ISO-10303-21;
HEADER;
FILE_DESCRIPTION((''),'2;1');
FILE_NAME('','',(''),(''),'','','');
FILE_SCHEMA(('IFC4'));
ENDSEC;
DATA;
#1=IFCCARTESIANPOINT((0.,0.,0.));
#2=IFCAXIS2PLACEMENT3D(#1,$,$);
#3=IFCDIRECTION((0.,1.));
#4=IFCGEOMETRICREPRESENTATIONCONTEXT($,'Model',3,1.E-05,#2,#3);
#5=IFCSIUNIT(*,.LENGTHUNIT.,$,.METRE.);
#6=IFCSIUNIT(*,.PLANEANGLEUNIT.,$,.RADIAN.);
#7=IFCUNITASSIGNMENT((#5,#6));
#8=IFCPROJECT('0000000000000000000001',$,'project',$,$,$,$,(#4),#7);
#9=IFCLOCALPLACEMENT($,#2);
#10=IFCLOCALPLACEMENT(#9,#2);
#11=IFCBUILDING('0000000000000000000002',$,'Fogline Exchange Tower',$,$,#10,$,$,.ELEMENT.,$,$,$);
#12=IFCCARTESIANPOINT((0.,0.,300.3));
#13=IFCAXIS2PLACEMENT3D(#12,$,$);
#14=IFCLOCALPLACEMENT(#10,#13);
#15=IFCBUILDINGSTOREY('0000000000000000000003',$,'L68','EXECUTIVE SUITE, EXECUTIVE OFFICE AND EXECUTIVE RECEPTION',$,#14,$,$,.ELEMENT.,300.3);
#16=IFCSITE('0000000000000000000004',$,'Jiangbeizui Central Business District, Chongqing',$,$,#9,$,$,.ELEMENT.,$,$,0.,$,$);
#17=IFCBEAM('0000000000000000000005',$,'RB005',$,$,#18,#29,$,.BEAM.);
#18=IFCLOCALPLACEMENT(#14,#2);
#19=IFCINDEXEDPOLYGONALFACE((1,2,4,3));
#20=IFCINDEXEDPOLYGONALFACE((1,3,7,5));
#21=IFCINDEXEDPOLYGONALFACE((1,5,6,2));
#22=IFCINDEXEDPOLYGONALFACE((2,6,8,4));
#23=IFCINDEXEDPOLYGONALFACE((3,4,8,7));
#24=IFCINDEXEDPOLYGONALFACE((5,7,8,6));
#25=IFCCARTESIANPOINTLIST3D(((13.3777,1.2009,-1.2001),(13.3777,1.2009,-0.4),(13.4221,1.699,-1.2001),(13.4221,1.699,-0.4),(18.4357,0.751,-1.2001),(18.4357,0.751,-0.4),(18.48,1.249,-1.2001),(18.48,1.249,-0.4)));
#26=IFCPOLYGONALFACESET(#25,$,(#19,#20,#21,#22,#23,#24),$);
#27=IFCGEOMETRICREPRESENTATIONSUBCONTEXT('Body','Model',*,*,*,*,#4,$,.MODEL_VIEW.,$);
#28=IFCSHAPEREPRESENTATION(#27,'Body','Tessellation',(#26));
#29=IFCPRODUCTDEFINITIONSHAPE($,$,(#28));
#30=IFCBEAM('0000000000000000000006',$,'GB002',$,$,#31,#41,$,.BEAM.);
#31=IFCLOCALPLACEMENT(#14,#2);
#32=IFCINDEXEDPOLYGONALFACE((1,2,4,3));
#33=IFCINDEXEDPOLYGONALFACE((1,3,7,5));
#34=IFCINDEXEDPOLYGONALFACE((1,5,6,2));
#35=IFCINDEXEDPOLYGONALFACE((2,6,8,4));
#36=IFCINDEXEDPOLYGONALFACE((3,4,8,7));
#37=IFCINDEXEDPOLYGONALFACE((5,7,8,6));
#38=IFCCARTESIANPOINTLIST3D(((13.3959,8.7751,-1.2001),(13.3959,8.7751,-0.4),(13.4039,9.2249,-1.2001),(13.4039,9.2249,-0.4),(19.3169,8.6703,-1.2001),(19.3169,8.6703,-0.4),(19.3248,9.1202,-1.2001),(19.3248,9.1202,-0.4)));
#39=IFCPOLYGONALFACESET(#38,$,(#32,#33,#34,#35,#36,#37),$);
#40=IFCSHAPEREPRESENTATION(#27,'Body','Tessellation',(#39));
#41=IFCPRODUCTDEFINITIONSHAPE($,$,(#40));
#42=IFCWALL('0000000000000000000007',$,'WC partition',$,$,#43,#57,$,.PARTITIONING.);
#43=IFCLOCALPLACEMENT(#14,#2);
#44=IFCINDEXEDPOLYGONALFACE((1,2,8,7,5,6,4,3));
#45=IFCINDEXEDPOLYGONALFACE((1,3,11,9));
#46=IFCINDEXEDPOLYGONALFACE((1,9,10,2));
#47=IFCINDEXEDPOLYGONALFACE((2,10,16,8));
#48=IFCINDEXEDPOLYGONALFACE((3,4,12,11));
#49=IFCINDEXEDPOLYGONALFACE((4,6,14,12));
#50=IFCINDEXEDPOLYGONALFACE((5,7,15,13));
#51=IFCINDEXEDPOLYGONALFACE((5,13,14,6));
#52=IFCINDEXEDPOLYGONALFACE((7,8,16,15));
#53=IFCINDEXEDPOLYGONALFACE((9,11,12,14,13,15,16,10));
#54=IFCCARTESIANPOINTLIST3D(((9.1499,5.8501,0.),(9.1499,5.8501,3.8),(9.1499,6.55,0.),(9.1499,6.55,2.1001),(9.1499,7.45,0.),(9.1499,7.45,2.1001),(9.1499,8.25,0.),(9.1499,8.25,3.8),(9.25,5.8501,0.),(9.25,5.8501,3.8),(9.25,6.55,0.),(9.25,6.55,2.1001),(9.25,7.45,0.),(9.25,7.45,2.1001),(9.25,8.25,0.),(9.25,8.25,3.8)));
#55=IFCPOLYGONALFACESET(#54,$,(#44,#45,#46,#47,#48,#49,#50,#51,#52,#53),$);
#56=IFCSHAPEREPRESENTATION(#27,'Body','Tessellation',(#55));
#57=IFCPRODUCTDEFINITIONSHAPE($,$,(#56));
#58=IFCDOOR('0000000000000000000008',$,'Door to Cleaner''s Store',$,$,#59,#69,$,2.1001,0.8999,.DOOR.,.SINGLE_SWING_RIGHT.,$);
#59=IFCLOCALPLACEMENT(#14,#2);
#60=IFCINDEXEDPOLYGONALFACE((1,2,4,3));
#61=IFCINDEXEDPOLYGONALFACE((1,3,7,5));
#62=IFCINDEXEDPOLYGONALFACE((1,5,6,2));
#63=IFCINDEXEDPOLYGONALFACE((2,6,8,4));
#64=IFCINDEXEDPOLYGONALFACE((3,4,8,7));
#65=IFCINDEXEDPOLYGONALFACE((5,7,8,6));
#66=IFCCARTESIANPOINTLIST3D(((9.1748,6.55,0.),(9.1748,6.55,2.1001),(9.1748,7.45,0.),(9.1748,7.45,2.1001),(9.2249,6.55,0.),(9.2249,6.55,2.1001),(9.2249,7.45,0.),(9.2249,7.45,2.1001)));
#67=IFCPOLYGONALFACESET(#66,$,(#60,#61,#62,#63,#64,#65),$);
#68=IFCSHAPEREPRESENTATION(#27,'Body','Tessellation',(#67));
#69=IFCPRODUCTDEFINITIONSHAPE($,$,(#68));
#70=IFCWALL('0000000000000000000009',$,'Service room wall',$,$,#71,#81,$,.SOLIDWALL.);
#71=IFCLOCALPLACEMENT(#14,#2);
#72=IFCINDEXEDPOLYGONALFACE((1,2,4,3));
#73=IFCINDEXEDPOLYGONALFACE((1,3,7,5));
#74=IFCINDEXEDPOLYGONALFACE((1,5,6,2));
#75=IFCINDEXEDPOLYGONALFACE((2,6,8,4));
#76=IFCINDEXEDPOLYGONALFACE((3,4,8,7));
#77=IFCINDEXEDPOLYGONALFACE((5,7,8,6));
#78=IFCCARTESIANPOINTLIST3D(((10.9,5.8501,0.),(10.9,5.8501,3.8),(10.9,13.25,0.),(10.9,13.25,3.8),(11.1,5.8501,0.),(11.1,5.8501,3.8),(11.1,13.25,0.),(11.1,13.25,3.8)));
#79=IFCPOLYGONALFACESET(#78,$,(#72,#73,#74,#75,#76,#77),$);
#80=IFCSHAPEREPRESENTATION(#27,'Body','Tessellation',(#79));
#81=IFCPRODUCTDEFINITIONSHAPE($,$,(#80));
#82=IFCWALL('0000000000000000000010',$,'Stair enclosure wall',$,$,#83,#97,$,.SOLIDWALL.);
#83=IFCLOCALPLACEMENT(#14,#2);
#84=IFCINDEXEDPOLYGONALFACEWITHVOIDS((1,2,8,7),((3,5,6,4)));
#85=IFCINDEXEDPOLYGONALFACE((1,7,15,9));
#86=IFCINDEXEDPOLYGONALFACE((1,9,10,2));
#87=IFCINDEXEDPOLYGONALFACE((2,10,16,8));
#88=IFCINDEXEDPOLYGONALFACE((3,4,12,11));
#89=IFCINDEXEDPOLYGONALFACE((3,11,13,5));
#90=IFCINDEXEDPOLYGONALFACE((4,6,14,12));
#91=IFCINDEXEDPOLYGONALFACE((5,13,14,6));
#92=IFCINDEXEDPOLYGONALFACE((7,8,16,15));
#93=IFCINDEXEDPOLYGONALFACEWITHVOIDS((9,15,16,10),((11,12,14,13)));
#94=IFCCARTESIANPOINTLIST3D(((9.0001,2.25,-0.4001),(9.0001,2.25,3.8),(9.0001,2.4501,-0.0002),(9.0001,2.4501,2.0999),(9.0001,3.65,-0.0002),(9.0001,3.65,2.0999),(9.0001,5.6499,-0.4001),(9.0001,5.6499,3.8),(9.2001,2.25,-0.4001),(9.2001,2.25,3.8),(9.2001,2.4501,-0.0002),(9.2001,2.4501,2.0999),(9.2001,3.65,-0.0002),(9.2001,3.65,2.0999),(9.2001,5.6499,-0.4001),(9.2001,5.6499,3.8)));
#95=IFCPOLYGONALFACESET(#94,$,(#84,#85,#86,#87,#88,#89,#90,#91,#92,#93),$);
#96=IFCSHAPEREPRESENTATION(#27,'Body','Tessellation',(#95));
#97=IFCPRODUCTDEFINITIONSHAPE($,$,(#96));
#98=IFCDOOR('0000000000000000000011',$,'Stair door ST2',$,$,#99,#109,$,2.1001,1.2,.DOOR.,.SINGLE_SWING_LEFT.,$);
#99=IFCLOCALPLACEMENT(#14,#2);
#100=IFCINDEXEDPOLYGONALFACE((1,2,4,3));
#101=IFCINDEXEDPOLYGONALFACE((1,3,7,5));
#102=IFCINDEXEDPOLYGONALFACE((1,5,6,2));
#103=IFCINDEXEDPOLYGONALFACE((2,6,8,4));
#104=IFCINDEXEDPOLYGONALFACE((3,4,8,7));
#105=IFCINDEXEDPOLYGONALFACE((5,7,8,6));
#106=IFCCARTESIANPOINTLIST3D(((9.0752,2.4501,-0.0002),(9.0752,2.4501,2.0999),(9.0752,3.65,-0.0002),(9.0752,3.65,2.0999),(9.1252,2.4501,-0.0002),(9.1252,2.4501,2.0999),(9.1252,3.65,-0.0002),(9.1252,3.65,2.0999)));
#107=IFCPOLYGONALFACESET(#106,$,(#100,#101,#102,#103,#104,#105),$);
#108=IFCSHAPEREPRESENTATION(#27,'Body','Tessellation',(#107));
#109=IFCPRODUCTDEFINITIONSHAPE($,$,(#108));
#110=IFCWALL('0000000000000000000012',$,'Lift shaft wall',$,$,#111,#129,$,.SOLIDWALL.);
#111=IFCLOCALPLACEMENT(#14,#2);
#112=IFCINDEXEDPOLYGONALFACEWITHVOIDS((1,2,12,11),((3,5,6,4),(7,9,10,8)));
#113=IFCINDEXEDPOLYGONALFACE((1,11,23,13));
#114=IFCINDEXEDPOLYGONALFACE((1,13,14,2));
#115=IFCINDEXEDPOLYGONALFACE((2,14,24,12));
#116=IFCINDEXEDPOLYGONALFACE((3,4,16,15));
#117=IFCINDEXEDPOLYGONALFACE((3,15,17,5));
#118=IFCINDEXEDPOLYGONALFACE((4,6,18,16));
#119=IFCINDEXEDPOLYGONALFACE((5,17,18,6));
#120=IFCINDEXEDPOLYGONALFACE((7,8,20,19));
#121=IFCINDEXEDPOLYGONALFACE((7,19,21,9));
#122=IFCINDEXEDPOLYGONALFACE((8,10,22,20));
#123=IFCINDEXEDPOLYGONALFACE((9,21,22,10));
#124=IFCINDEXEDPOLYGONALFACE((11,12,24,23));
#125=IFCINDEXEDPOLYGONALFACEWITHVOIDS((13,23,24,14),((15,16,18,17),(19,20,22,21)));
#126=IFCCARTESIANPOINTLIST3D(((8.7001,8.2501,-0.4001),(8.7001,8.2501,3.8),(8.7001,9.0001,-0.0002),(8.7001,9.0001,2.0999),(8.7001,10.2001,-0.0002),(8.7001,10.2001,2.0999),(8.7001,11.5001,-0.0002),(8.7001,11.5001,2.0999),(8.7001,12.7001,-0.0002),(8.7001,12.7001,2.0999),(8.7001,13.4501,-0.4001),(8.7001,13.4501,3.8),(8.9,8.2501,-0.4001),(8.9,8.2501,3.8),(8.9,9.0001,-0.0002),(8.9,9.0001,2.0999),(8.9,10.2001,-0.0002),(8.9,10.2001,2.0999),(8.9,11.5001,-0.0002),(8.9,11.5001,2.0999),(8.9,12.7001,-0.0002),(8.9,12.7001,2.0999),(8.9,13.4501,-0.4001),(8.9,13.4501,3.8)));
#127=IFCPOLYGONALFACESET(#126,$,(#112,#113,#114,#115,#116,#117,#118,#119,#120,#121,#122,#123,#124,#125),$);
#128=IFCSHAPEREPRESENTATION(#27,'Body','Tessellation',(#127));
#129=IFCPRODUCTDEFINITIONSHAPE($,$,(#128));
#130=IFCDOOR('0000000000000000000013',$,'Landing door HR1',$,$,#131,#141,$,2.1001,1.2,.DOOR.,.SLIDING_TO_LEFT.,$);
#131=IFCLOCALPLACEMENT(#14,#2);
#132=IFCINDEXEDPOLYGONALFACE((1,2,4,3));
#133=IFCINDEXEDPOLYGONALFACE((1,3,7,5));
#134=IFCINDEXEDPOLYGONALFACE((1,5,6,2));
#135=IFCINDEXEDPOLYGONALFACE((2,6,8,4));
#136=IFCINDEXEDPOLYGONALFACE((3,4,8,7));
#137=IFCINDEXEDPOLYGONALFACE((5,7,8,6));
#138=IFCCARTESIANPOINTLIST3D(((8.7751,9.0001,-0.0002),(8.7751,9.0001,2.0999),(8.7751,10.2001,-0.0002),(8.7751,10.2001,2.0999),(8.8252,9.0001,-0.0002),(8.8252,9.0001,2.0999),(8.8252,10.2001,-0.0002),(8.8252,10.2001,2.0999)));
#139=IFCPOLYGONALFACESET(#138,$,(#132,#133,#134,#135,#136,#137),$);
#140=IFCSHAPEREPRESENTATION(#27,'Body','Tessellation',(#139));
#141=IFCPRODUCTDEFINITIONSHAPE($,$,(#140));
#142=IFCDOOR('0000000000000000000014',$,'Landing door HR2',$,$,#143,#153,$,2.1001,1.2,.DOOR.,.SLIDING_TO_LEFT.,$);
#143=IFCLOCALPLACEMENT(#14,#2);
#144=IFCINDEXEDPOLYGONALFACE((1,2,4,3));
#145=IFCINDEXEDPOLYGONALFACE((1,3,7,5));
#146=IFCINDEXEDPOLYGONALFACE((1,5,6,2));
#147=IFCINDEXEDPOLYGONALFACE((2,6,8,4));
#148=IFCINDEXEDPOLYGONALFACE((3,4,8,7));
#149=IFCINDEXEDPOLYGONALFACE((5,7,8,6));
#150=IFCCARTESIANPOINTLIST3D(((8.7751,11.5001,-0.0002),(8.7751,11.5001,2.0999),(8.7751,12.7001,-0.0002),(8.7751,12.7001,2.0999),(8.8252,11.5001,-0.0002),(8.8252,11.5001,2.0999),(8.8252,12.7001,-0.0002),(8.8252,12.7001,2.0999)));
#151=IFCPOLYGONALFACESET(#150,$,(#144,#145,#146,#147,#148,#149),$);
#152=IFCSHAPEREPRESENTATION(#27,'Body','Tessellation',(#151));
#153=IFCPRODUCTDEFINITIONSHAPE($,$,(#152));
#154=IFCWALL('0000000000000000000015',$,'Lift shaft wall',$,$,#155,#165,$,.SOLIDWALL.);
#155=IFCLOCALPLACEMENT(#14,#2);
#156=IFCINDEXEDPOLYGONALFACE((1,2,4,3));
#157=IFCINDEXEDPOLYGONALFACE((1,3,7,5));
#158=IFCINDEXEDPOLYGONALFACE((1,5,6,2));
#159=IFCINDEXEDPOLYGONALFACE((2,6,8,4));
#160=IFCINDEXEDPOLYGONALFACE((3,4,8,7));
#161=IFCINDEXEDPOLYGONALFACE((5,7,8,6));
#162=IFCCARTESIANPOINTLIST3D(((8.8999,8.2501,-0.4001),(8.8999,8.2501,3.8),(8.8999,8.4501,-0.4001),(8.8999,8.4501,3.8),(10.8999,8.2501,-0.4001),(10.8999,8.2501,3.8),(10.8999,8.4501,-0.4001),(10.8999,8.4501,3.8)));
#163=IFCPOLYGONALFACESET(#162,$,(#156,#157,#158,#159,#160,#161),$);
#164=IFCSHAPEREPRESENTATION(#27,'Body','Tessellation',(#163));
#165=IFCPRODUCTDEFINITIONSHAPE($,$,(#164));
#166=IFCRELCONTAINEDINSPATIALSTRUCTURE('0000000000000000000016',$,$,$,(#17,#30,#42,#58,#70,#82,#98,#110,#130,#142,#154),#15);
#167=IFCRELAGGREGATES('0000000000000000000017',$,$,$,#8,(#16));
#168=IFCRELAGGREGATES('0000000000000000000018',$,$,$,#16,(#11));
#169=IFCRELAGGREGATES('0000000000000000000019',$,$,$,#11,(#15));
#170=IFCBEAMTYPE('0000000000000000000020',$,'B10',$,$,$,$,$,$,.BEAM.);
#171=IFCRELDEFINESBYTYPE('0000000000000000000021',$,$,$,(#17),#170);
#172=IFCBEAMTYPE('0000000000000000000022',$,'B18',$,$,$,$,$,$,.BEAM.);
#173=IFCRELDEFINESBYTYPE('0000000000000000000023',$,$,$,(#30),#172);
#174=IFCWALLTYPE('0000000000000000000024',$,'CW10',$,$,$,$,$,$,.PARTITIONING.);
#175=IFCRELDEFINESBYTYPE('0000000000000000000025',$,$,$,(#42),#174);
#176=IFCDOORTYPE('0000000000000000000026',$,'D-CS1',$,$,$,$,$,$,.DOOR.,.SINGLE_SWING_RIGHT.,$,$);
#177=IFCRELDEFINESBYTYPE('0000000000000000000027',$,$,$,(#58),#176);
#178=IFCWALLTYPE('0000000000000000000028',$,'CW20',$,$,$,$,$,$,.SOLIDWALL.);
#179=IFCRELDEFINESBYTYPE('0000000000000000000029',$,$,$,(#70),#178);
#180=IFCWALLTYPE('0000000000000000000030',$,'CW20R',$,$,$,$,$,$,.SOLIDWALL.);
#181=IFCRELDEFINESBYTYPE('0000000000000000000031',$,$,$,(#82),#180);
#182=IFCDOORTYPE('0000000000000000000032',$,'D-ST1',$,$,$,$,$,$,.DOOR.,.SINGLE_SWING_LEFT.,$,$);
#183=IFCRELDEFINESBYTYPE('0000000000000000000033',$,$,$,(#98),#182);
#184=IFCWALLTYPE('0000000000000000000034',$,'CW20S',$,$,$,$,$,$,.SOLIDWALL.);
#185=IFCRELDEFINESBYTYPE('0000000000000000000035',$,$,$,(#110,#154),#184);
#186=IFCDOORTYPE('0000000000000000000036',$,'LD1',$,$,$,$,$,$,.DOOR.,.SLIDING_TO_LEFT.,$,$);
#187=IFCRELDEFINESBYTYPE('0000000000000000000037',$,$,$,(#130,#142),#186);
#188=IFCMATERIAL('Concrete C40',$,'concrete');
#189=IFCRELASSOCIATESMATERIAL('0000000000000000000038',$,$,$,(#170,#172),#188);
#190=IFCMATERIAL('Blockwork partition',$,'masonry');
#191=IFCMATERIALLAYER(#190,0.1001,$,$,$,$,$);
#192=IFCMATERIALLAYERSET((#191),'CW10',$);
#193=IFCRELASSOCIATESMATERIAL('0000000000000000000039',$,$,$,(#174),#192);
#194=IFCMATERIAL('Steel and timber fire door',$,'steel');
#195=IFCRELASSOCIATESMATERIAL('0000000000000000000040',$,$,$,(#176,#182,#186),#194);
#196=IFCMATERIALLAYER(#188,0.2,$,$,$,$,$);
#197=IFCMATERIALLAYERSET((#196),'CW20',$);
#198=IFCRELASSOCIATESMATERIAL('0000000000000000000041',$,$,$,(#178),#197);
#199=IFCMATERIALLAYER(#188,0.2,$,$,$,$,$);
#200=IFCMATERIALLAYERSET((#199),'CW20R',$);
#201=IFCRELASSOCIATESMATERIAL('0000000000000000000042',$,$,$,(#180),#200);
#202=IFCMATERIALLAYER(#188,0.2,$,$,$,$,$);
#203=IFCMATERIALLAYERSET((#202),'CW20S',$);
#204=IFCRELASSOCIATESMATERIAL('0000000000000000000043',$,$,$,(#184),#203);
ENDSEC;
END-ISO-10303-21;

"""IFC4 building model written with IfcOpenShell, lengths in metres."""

from ifc_helpers import new_model, si_unit, direction, frame, frame_2d, origin, origin_2d, place, context, subcontext, project, spatial, rectangle, extrude, material, layer, layer_set, material_profile, profile_set, type_object, element, fill, save


model = new_model("IFC4")

# Units and contexts
model_context = context("Model", 3, precision=1e-05, world=origin(), true_north=direction((0.0, 1.0)))
body_context = subcontext(model_context, "Body", "Model", "MODEL_VIEW")
ifc_project = project(units=[si_unit("LENGTHUNIT", "METRE"), si_unit("PLANEANGLEUNIT", "RADIAN")], contexts=[model_context])

# Site, building, storey
site_placement = place(None, origin())
site = spatial("IfcSite", under=ifc_project, at=site_placement, Name="Jiangbeizui Central Business District, Chongqing", CompositionType="ELEMENT", RefElevation=0.0)
building_placement = place(site_placement, origin())
building = spatial("IfcBuilding", under=site, at=building_placement, Name="Fogline Exchange Tower", CompositionType="ELEMENT")
storey_placement = place(building_placement, frame((0.0, 0.0, 300.3)))
storey = spatial("IfcBuildingStorey", under=building, at=storey_placement, Name="L68", Description="EXECUTIVE SUITE, EXECUTIVE OFFICE AND EXECUTIVE RECEPTION", CompositionType="ELEMENT", Elevation=300.3)

# Beams
ifc_material_1 = material(Name="Concrete C40", Category="concrete")
ifc_material_profile_1 = material_profile(ifc_material_1, rectangle(XDim=0.5, YDim=0.8, at=origin_2d()), Name="RC 500x800")
ifc_profile_set_1 = profile_set([ifc_material_profile_1], Name="Concrete C40")
beam_type_1 = type_object("IfcBeamType", Name="B10", PredefinedType="BEAM", material=ifc_profile_set_1)
beam_1_placement = place(storey_placement, frame((13.3999, 1.45, -0.8), z_axis=(0.996066, -0.088611, 0.0), x_axis=(0.088611, 0.996066, 0.0)))
element("IfcBeam", 1, at=beam_1_placement, inside=storey, type_object=beam_type_1, Name="RB005", PredefinedType="BEAM", context=body_context, shape_type="SweptSolid", body=[
    extrude(rectangle(XDim=0.5, YDim=0.8, at=origin_2d()), origin(), (0.0, 0.0, 1.0), 5.0779),
])
ifc_material_profile_2 = material_profile(ifc_material_1, rectangle(XDim=0.45, YDim=0.8, at=origin_2d()), Name="RC 450x800")
ifc_profile_set_2 = profile_set([ifc_material_profile_2], Name="Concrete C40")
beam_type_2 = type_object("IfcBeamType", Name="B18", PredefinedType="BEAM", material=ifc_profile_set_2)
beam_2_placement = place(storey_placement, frame((13.3999, 9.0, -0.8), z_axis=(0.999844, -0.017686, 0.0), x_axis=(0.017686, 0.999844, 0.0)))
element("IfcBeam", 2, at=beam_2_placement, inside=storey, type_object=beam_type_2, Name="GB002", PredefinedType="BEAM", context=body_context, shape_type="SweptSolid", body=[
    extrude(rectangle(XDim=0.45, YDim=0.8, at=origin_2d()), origin(), (0.0, 0.0, 1.0), 5.9219),
])

# Wall, opening, door
ifc_material_2 = material(Name="Blockwork partition", Category="masonry")
ifc_layer_1 = layer(ifc_material_2, 0.1001)
ifc_layer_set_1 = layer_set([ifc_layer_1], Name="CW10")
wall_type_1 = type_object("IfcWallType", Name="CW10", PredefinedType="PARTITIONING", material=ifc_layer_set_1)
wall_1_placement = place(storey_placement, frame((9.2, 5.8501, 0.0), z_axis=(0.0, 0.0, 1.0), x_axis=(0.0, 1.0, 0.0)))
wall_1 = element("IfcWall", 3, at=wall_1_placement, inside=storey, type_object=wall_type_1, Name="WC partition", PredefinedType="PARTITIONING", context=body_context, shape_type="SweptSolid", body=[
    extrude(rectangle(XDim=2.3999, YDim=0.1001, at=frame_2d((1.2, 0.0))), origin(), (0.0, 0.0, 1.0), 3.8),
])
opening_1_placement = place(wall_1_placement, frame((0.7, 0.0, 0.0)))
opening_1 = element("IfcOpeningElement", 4, at=opening_1_placement, cuts=wall_1, PredefinedType="OPENING", context=body_context, shape_type="SweptSolid", body=[
    extrude(rectangle(XDim=0.8999, YDim=2.1001, at=frame_2d((0.45, 1.05))), frame((0.0, 0.0601, 0.0), z_axis=(0.0, -1.0, 0.0), x_axis=(1.0, 0.0, 0.0)), (0.0, 0.0, 1.0), 0.1201),
])
ifc_material_3 = material(Name="Steel and timber fire door", Category="steel")
door_type_1 = type_object("IfcDoorType", Name="D-CS1", OperationType="SINGLE_SWING_RIGHT", PredefinedType="DOOR", material=ifc_material_3)
door_1_placement = place(opening_1_placement, frame((0.8999, 0.0, 0.0), z_axis=(0.0, 0.0, 1.0), x_axis=(-1.0, 0.0, 0.0)))
door_1 = element("IfcDoor", 5, at=door_1_placement, inside=storey, type_object=door_type_1, Name="Door to Cleaner's Store", OperationType="SINGLE_SWING_RIGHT", OverallHeight=2.1001, OverallWidth=0.8999, PredefinedType="DOOR", context=body_context, shape_type="SweptSolid", body=[
    extrude(rectangle(XDim=0.8999, YDim=2.1001, at=frame_2d((0.45, 1.05))), frame((0.0, 0.0249, 0.0), z_axis=(0.0, -1.0, 0.0), x_axis=(1.0, 0.0, 0.0)), (0.0, 0.0, 1.0), 0.05),
])
fill(opening_1, door_1)

# Wall
ifc_layer_2 = layer(ifc_material_1, 0.2)
ifc_layer_set_2 = layer_set([ifc_layer_2], Name="CW20")
wall_type_2 = type_object("IfcWallType", Name="CW20", PredefinedType="SOLIDWALL", material=ifc_layer_set_2)
wall_2_placement = place(storey_placement, frame((11.0, 5.8501, 0.0), z_axis=(0.0, 0.0, 1.0), x_axis=(0.0, 1.0, 0.0)))
element("IfcWall", 6, at=wall_2_placement, inside=storey, type_object=wall_type_2, Name="Service room wall", PredefinedType="SOLIDWALL", context=body_context, shape_type="SweptSolid", body=[
    extrude(rectangle(XDim=7.3999, YDim=0.2, at=frame_2d((3.7, 0.0))), origin(), (0.0, 0.0, 1.0), 3.8),
])

# Wall, opening, door
ifc_layer_3 = layer(ifc_material_1, 0.2)
ifc_layer_set_3 = layer_set([ifc_layer_3], Name="CW20R")
wall_type_3 = type_object("IfcWallType", Name="CW20R", PredefinedType="SOLIDWALL", material=ifc_layer_set_3)
wall_3_placement = place(storey_placement, frame((9.1001, 2.25, -0.4001), z_axis=(0.0, 0.0, 1.0), x_axis=(0.0, 1.0, 0.0)))
wall_3 = element("IfcWall", 7, at=wall_3_placement, inside=storey, type_object=wall_type_3, Name="Stair enclosure wall", PredefinedType="SOLIDWALL", context=body_context, shape_type="SweptSolid", body=[
    extrude(rectangle(XDim=3.3999, YDim=0.2, at=frame_2d((1.7, 0.0))), origin(), (0.0, 0.0, 1.0), 4.2002),
])
opening_2_placement = place(wall_3_placement, frame((0.2, 0.0, 0.3999)))
opening_2 = element("IfcOpeningElement", 8, at=opening_2_placement, cuts=wall_3, PredefinedType="OPENING", context=body_context, shape_type="SweptSolid", body=[
    extrude(rectangle(XDim=1.2, YDim=2.1001, at=frame_2d((0.6001, 1.05))), frame((0.0, 0.1099, 0.0), z_axis=(0.0, -1.0, 0.0), x_axis=(1.0, 0.0, 0.0)), (0.0, 0.0, 1.0), 0.22),
])
door_type_2 = type_object("IfcDoorType", Name="D-ST1", OperationType="SINGLE_SWING_LEFT", PredefinedType="DOOR", material=ifc_material_3)
door_2_placement = place(opening_2_placement, origin())
door_2 = element("IfcDoor", 9, at=door_2_placement, inside=storey, type_object=door_type_2, Name="Stair door ST2", OperationType="SINGLE_SWING_LEFT", OverallHeight=2.1001, OverallWidth=1.2, PredefinedType="DOOR", context=body_context, shape_type="SweptSolid", body=[
    extrude(rectangle(XDim=1.2, YDim=2.1001, at=frame_2d((0.6001, 1.05))), frame((0.0, 0.0249, 0.0), z_axis=(0.0, -1.0, 0.0), x_axis=(1.0, 0.0, 0.0)), (0.0, 0.0, 1.0), 0.05),
])
fill(opening_2, door_2)

# Wall, openings, doors
ifc_layer_4 = layer(ifc_material_1, 0.2)
ifc_layer_set_4 = layer_set([ifc_layer_4], Name="CW20S")
wall_type_4 = type_object("IfcWallType", Name="CW20S", PredefinedType="SOLIDWALL", material=ifc_layer_set_4)
wall_4_placement = place(storey_placement, frame((8.8, 8.25, -0.4001), z_axis=(0.0, 0.0, 1.0), x_axis=(0.0, 1.0, 0.0)))
wall_4 = element("IfcWall", 10, at=wall_4_placement, inside=storey, type_object=wall_type_4, Name="Lift shaft wall", PredefinedType="SOLIDWALL", context=body_context, shape_type="SweptSolid", body=[
    extrude(rectangle(XDim=5.2, YDim=0.2, at=frame_2d((2.6001, 0.0))), origin(), (0.0, 0.0, 1.0), 4.2002),
])
opening_3_placement = place(wall_4_placement, frame((0.75, 0.0, 0.3999)))
opening_3 = element("IfcOpeningElement", 11, at=opening_3_placement, cuts=wall_4, PredefinedType="OPENING", context=body_context, shape_type="SweptSolid", body=[
    extrude(rectangle(XDim=1.2, YDim=2.1001, at=frame_2d((0.6001, 1.05))), frame((0.0, 0.1099, 0.0), z_axis=(0.0, -1.0, 0.0), x_axis=(1.0, 0.0, 0.0)), (0.0, 0.0, 1.0), 0.22),
])
opening_4_placement = place(wall_4_placement, frame((3.25, 0.0, 0.3999)))
opening_4 = element("IfcOpeningElement", 12, at=opening_4_placement, cuts=wall_4, PredefinedType="OPENING", context=body_context, shape_type="SweptSolid", body=[
    extrude(rectangle(XDim=1.2, YDim=2.1001, at=frame_2d((0.6001, 1.05))), frame((0.0, 0.1099, 0.0), z_axis=(0.0, -1.0, 0.0), x_axis=(1.0, 0.0, 0.0)), (0.0, 0.0, 1.0), 0.22),
])
door_type_3 = type_object("IfcDoorType", Name="LD1", OperationType="SLIDING_TO_LEFT", PredefinedType="DOOR", material=ifc_material_3)
door_3_placement = place(opening_3_placement, origin())
door_3 = element("IfcDoor", 13, at=door_3_placement, inside=storey, type_object=door_type_3, Name="Landing door HR1", OperationType="SLIDING_TO_LEFT", OverallHeight=2.1001, OverallWidth=1.2, PredefinedType="DOOR", context=body_context, shape_type="SweptSolid", body=[
    extrude(rectangle(XDim=1.2, YDim=2.1001, at=frame_2d((0.6001, 1.05))), frame((0.0, 0.0249, 0.0), z_axis=(0.0, -1.0, 0.0), x_axis=(1.0, 0.0, 0.0)), (0.0, 0.0, 1.0), 0.05),
])
fill(opening_3, door_3)
door_4_placement = place(opening_4_placement, origin())
door_4 = element("IfcDoor", 14, at=door_4_placement, inside=storey, type_object=door_type_3, Name="Landing door HR2", OperationType="SLIDING_TO_LEFT", OverallHeight=2.1001, OverallWidth=1.2, PredefinedType="DOOR", context=body_context, shape_type="SweptSolid", body=[
    extrude(rectangle(XDim=1.2, YDim=2.1001, at=frame_2d((0.6001, 1.05))), frame((0.0, 0.0249, 0.0), z_axis=(0.0, -1.0, 0.0), x_axis=(1.0, 0.0, 0.0)), (0.0, 0.0, 1.0), 0.05),
])
fill(opening_4, door_4)

# Wall
for number, where, z_axis, x_axis, name in (
    (15, (8.8999, 8.3501, -0.4001), (0.0, 0.0, 1.0), (1.0, 0.0, 0.0), "Lift shaft wall"),
):
    element("IfcWall", number, at=place(storey_placement, frame(where, z_axis=z_axis, x_axis=x_axis)), inside=storey, type_object=wall_type_4, Name=name, PredefinedType="SOLIDWALL", context=body_context, shape_type="SweptSolid", body=[
        extrude(rectangle(XDim=2.0, YDim=0.2, at=frame_2d((1.0, 0.0))), origin(), (0.0, 0.0, 1.0), 4.2002),
    ])

save(model, "model.ifc")
